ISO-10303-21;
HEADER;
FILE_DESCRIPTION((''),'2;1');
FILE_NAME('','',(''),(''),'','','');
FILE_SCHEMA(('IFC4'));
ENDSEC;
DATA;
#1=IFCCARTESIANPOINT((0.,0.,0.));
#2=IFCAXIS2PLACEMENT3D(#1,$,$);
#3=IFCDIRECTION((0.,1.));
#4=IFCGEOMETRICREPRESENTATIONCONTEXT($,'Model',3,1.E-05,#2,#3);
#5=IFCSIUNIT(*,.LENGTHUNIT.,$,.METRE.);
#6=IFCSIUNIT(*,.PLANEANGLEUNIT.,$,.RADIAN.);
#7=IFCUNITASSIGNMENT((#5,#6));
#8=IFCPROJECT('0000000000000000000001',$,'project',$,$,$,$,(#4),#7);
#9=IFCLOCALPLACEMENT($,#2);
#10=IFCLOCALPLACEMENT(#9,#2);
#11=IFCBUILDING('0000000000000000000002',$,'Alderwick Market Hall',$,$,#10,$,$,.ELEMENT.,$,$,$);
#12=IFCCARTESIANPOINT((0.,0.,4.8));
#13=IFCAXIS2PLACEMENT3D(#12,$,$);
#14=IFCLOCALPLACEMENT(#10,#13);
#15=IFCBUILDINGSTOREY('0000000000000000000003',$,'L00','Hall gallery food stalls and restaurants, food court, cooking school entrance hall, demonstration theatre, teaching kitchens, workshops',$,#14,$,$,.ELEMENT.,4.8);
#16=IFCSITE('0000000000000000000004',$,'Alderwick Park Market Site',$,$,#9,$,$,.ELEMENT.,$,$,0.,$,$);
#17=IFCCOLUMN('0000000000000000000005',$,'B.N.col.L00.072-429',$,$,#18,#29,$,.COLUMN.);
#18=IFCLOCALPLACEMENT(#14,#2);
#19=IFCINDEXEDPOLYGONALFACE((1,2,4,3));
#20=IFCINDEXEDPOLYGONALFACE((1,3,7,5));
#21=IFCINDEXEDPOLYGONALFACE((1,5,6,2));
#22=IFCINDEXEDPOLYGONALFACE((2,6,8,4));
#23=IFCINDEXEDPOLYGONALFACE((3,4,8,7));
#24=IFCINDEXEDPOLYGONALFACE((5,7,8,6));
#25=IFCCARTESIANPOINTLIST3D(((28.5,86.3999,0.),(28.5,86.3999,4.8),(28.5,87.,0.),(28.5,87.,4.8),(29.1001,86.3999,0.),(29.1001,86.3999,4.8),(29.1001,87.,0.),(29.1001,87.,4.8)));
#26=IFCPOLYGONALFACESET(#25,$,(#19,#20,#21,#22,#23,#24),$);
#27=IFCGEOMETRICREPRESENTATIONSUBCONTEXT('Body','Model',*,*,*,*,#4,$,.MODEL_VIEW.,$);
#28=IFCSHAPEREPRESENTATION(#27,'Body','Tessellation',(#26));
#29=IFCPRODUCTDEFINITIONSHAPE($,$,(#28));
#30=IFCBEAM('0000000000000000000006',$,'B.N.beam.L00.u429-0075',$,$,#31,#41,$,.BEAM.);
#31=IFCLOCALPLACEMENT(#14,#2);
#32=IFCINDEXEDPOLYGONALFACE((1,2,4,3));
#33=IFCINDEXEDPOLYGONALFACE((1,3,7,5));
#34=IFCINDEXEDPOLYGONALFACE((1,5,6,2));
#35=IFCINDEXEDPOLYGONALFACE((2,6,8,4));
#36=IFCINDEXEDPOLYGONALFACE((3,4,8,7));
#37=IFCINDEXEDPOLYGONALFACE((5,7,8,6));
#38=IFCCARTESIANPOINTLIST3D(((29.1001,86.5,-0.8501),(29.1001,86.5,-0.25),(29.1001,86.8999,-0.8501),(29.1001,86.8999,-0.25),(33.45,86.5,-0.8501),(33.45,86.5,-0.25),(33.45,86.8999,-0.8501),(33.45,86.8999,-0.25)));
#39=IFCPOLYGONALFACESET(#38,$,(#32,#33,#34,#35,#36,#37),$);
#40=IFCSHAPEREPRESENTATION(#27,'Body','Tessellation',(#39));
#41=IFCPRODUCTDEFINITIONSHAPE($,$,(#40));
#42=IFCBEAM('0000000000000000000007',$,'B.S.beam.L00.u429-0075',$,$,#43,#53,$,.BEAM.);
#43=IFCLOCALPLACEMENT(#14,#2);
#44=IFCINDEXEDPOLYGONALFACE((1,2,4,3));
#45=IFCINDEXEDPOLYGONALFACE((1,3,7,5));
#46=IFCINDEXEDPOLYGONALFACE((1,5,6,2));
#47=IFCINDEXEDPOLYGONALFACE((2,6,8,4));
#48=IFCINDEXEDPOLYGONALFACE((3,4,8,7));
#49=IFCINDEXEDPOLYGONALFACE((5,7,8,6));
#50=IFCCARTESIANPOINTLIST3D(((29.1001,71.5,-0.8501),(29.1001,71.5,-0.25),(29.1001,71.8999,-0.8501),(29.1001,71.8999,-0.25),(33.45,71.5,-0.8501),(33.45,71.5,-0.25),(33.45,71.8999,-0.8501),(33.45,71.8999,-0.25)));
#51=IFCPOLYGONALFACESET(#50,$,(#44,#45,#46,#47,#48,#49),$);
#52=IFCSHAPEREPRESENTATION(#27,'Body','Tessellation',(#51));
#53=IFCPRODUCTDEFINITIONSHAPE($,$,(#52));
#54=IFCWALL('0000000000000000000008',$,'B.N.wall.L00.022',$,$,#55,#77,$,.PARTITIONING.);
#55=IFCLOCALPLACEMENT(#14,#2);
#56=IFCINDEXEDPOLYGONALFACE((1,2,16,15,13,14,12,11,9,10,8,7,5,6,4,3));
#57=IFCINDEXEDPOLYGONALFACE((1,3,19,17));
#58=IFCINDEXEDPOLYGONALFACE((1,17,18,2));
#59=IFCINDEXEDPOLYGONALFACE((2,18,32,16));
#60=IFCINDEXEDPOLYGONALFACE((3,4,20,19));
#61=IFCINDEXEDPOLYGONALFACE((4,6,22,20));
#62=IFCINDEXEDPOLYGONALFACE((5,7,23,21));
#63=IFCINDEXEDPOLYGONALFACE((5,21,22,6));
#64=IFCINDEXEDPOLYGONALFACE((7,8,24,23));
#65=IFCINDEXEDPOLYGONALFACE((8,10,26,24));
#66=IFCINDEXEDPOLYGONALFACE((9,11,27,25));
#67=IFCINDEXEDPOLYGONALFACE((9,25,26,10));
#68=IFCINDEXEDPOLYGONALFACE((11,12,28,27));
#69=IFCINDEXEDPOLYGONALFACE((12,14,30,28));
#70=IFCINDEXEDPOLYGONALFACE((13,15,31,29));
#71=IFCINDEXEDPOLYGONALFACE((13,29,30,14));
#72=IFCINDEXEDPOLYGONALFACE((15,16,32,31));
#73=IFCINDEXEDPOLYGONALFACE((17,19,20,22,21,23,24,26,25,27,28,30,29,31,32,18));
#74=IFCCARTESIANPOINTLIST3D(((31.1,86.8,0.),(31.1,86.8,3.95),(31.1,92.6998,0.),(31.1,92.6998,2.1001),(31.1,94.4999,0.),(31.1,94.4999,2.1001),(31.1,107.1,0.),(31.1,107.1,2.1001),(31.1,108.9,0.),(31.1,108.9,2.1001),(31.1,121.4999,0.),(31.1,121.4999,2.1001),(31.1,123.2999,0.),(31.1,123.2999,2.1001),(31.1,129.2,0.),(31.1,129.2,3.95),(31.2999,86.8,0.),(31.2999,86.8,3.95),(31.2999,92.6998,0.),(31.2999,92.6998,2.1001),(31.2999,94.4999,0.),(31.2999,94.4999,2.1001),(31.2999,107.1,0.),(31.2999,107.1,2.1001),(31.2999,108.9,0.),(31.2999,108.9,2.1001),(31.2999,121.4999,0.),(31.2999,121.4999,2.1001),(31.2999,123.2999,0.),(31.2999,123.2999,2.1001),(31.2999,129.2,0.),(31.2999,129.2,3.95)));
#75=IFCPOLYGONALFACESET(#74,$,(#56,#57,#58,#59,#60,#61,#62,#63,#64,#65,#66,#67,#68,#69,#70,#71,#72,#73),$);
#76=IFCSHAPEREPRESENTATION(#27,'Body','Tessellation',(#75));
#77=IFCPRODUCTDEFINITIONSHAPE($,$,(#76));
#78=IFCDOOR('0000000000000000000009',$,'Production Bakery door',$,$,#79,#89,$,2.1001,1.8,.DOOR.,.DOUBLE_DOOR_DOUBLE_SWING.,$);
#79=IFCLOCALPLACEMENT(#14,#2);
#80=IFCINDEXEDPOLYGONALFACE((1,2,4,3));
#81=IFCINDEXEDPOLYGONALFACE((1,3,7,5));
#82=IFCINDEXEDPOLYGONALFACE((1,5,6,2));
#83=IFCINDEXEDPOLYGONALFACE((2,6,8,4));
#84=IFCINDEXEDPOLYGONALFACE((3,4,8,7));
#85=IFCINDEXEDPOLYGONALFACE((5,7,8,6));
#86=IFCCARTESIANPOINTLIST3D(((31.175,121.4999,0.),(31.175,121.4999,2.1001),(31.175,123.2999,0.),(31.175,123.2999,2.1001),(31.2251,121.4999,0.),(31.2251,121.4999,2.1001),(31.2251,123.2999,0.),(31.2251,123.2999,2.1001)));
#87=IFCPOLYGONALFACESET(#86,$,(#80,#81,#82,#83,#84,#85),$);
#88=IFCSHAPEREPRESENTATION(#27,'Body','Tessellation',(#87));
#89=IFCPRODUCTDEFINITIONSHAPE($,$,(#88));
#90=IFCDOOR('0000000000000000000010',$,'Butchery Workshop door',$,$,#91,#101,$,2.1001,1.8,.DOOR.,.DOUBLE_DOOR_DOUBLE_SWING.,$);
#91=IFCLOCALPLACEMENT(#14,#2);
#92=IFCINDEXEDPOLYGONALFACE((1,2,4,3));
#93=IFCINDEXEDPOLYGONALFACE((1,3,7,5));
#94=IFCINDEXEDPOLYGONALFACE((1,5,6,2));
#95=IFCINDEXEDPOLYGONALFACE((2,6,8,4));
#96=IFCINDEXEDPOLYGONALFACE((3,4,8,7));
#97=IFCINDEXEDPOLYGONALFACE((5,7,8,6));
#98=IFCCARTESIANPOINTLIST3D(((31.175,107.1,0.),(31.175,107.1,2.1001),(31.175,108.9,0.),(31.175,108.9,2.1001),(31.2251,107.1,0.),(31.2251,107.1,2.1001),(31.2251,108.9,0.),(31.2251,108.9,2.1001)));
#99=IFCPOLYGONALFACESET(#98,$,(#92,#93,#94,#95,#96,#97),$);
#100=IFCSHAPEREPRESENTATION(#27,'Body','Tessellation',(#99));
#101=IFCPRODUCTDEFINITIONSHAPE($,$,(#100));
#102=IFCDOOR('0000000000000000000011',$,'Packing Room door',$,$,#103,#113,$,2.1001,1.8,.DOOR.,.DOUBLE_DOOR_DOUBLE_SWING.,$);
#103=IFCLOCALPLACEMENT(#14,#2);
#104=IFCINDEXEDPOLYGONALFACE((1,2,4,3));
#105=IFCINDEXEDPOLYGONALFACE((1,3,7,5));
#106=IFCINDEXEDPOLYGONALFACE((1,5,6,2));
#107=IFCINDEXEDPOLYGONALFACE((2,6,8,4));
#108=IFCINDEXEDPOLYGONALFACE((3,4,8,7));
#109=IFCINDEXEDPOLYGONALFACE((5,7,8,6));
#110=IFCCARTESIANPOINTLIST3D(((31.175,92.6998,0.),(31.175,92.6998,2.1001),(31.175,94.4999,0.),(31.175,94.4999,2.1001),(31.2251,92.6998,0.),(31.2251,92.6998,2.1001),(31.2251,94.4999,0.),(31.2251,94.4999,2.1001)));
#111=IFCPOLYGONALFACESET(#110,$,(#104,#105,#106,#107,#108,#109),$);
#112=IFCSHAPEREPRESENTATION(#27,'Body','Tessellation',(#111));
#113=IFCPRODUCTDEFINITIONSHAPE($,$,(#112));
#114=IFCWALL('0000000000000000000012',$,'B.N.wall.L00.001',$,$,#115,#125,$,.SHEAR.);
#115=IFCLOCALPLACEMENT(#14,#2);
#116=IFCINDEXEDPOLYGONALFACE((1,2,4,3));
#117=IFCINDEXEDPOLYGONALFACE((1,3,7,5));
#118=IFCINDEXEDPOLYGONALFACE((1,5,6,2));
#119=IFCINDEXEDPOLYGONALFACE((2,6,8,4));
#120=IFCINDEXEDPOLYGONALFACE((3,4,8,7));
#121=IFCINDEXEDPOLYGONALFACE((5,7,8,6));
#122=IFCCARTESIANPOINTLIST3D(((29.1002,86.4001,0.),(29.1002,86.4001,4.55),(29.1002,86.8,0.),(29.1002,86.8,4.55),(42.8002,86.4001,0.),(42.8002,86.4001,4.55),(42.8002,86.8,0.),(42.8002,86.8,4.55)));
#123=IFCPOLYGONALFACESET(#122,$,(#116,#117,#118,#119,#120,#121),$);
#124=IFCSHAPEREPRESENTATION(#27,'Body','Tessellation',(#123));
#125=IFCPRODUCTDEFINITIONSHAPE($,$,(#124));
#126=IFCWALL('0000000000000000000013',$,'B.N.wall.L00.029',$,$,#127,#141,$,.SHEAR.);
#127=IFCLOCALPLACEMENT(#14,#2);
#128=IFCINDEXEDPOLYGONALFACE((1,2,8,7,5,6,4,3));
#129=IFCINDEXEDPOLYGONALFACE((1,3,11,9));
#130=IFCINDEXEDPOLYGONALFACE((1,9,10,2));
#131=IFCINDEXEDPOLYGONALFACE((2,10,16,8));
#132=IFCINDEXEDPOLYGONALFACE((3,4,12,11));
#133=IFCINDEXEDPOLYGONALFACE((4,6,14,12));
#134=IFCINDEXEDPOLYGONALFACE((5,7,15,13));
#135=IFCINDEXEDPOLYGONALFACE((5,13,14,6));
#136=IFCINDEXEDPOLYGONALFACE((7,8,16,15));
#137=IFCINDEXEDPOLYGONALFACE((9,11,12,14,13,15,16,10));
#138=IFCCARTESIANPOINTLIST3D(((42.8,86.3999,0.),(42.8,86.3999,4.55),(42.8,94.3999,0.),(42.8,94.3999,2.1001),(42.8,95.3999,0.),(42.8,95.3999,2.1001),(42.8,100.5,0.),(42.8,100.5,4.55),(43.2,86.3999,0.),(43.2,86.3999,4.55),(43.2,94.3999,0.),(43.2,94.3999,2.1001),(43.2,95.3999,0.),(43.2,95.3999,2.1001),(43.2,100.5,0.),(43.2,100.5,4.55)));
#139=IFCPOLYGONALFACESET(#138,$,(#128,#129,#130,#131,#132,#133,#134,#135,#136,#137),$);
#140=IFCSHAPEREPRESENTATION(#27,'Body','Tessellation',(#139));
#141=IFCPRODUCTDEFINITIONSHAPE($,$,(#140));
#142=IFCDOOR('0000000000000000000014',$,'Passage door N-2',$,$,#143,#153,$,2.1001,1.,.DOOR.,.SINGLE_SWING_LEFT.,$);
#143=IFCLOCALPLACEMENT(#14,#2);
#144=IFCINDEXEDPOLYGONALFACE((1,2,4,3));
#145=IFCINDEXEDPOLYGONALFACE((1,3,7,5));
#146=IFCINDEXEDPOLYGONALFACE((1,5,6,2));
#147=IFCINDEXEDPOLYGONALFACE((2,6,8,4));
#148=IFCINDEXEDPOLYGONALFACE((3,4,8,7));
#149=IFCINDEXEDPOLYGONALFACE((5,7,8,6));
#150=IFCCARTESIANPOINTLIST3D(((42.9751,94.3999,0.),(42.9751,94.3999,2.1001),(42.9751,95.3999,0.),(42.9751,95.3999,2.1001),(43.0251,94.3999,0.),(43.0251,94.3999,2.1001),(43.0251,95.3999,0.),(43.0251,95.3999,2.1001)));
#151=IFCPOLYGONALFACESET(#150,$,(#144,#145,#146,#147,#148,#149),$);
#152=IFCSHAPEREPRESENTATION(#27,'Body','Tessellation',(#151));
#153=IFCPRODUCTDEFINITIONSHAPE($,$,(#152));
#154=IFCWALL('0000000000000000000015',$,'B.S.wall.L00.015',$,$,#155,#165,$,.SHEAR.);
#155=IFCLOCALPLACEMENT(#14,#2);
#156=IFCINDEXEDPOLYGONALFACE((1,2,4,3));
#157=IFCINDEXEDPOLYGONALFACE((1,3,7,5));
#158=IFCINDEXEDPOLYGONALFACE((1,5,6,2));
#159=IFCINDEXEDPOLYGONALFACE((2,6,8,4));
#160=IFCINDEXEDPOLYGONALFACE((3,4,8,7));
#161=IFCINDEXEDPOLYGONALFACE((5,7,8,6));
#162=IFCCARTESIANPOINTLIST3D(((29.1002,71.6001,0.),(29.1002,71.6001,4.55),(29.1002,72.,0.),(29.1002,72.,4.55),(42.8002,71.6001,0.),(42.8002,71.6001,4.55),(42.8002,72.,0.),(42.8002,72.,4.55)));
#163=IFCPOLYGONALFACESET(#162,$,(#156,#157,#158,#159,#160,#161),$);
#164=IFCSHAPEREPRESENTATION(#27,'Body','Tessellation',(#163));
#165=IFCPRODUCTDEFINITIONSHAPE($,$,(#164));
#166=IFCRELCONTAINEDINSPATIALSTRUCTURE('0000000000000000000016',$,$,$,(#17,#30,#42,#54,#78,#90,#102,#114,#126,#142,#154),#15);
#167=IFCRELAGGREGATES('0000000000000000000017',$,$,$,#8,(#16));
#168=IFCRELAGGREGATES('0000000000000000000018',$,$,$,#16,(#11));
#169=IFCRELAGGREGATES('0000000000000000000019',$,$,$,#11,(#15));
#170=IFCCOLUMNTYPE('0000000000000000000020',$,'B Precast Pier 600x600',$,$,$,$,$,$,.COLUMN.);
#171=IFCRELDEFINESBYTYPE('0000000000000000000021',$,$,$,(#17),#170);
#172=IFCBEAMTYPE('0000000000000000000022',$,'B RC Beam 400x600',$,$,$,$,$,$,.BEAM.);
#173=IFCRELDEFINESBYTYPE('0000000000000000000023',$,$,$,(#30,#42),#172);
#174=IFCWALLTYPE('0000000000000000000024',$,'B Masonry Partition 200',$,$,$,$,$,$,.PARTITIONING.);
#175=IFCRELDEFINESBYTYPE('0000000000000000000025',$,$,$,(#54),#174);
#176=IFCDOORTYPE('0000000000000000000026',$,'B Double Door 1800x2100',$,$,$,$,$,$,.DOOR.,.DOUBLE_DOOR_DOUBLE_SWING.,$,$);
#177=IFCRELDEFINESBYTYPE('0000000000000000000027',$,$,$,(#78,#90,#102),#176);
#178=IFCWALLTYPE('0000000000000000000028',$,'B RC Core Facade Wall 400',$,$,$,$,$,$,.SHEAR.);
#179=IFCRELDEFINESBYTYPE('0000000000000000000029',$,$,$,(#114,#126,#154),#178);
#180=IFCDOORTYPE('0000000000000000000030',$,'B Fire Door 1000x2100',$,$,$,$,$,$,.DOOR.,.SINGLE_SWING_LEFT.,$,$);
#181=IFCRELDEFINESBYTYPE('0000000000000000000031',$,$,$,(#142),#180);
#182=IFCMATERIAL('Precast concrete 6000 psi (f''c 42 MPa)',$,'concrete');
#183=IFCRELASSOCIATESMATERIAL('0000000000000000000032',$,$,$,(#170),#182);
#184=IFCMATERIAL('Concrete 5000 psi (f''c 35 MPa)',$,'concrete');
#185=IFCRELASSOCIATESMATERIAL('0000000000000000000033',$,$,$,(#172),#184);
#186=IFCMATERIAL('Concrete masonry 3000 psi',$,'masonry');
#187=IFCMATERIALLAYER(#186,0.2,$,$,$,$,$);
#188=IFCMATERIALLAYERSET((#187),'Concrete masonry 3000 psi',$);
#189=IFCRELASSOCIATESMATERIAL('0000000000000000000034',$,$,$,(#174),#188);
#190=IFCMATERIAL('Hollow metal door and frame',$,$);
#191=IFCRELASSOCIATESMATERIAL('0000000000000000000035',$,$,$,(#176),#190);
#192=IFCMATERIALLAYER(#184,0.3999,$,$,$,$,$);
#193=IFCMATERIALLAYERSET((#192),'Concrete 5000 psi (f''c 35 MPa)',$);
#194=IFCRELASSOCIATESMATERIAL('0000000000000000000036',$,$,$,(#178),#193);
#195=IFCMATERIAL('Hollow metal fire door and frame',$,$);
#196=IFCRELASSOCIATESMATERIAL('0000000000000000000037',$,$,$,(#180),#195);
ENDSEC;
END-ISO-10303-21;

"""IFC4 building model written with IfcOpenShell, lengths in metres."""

from ifc_helpers import new_model, si_unit, direction, frame, frame_2d, origin, origin_2d, place, context, subcontext, project, spatial, rectangle, extrude, material, layer, layer_set, material_profile, profile_set, type_object, element, fill, save


model = new_model("IFC4")

# Units and contexts
model_context = context("Model", 3, precision=1e-05, world=origin(), true_north=direction((0.0, 1.0)))
body_context = subcontext(model_context, "Body", "Model", "MODEL_VIEW")
ifc_project = project(units=[si_unit("LENGTHUNIT", "METRE"), si_unit("PLANEANGLEUNIT", "RADIAN")], contexts=[model_context])

# Site, building, storey
site_placement = place(None, origin())
site = spatial("IfcSite", under=ifc_project, at=site_placement, Name="Alderwick Park Market Site", CompositionType="ELEMENT", RefElevation=0.0)
building_placement = place(site_placement, origin())
building = spatial("IfcBuilding", under=site, at=building_placement, Name="Alderwick Market Hall", CompositionType="ELEMENT")
storey_placement = place(building_placement, frame((0.0, 0.0, 4.8)))
storey = spatial("IfcBuildingStorey", under=building, at=storey_placement, Name="L00", Description="Hall gallery food stalls and restaurants, food court, cooking school entrance hall, demonstration theatre, teaching kitchens, workshops", CompositionType="ELEMENT", Elevation=4.8)

# Column
ifc_material_1 = material(Name="Precast concrete 6000 psi (f'c 42 MPa)", Category="concrete")
ifc_material_profile_1 = material_profile(ifc_material_1, rectangle(XDim=0.6001, YDim=0.6001, at=origin_2d()), Name="B Precast Pier 600x600")
ifc_profile_set_1 = profile_set([ifc_material_profile_1], Name="Precast concrete 6000 psi (f'c 42 MPa)")
column_type = type_object("IfcColumnType", Name="B Precast Pier 600x600", PredefinedType="COLUMN", material=ifc_profile_set_1)
column_placement = place(storey_placement, frame((28.8, 86.7, 0.0), z_axis=(0.0, 0.0, 1.0), x_axis=(1.0, 0.0, 0.0)))
element("IfcColumn", 1, at=column_placement, inside=storey, type_object=column_type, Name="B.N.col.L00.072-429", PredefinedType="COLUMN", context=body_context, shape_type="SweptSolid", body=[
    extrude(rectangle(XDim=0.6001, YDim=0.6001, at=origin_2d()), origin(), (0.0, 0.0, 1.0), 4.8),
])

# Beams
ifc_material_2 = material(Name="Concrete 5000 psi (f'c 35 MPa)", Category="concrete")
ifc_material_profile_2 = material_profile(ifc_material_2, rectangle(XDim=0.3999, YDim=0.6001, at=origin_2d()), Name="B RC Beam 400x600")
ifc_profile_set_2 = profile_set([ifc_material_profile_2], Name="Concrete 5000 psi (f'c 35 MPa)")
beam_type = type_object("IfcBeamType", Name="B RC Beam 400x600", PredefinedType="BEAM", material=ifc_profile_set_2)
for number, where, z_axis, x_axis, name in (
    (2, (29.1001, 86.7, -0.55), (1.0, 0.0, 0.0), (0.0, 1.0, 0.0), "B.N.beam.L00.u429-0075"),
    (3, (29.1001, 71.7, -0.55), (1.0, 0.0, 0.0), (0.0, 1.0, 0.0), "B.S.beam.L00.u429-0075"),
):
    element("IfcBeam", number, at=place(storey_placement, frame(where, z_axis=z_axis, x_axis=x_axis)), inside=storey, type_object=beam_type, Name=name, PredefinedType="BEAM", context=body_context, shape_type="SweptSolid", body=[
        extrude(rectangle(XDim=0.3999, YDim=0.6001, at=origin_2d()), origin(), (0.0, 0.0, 1.0), 4.3499),
    ])

# Wall, openings, doors
ifc_material_3 = material(Name="Concrete masonry 3000 psi", Category="masonry")
ifc_layer_1 = layer(ifc_material_3, 0.2)
ifc_layer_set_1 = layer_set([ifc_layer_1], Name="Concrete masonry 3000 psi")
wall_type_1 = type_object("IfcWallType", Name="B Masonry Partition 200", PredefinedType="PARTITIONING", material=ifc_layer_set_1)
wall_1_placement = place(storey_placement, frame((31.2, 86.8, 0.0), z_axis=(0.0, 0.0, 1.0), x_axis=(0.0, 1.0, 0.0)))
wall_1 = element("IfcWall", 4, at=wall_1_placement, inside=storey, type_object=wall_type_1, Name="B.N.wall.L00.022", PredefinedType="PARTITIONING", context=body_context, shape_type="SweptSolid", body=[
    extrude(rectangle(XDim=42.3999, YDim=0.2, at=frame_2d((21.2, 0.0))), origin(), (0.0, 0.0, 1.0), 3.95),
])
opening_1_placement = place(wall_1_placement, frame((34.7, 0.0, 0.0)))
opening_1 = element("IfcOpeningElement", 5, at=opening_1_placement, cuts=wall_1, PredefinedType="OPENING", context=body_context, shape_type="SweptSolid", body=[
    extrude(rectangle(XDim=1.8, YDim=2.1001, at=frame_2d((0.8999, 1.05))), frame((0.0, 0.1099, 0.0), z_axis=(0.0, -1.0, 0.0), x_axis=(1.0, 0.0, 0.0)), (0.0, 0.0, 1.0), 0.22),
])
opening_2_placement = place(wall_1_placement, frame((20.3, 0.0, 0.0)))
opening_2 = element("IfcOpeningElement", 6, at=opening_2_placement, cuts=wall_1, PredefinedType="OPENING", context=body_context, shape_type="SweptSolid", body=[
    extrude(rectangle(XDim=1.8, YDim=2.1001, at=frame_2d((0.8999, 1.05))), frame((0.0, 0.1099, 0.0), z_axis=(0.0, -1.0, 0.0), x_axis=(1.0, 0.0, 0.0)), (0.0, 0.0, 1.0), 0.22),
])
opening_3_placement = place(wall_1_placement, frame((5.8999, 0.0, 0.0)))
opening_3 = element("IfcOpeningElement", 7, at=opening_3_placement, cuts=wall_1, PredefinedType="OPENING", context=body_context, shape_type="SweptSolid", body=[
    extrude(rectangle(XDim=1.8, YDim=2.1001, at=frame_2d((0.8999, 1.05))), frame((0.0, 0.1099, 0.0), z_axis=(0.0, -1.0, 0.0), x_axis=(1.0, 0.0, 0.0)), (0.0, 0.0, 1.0), 0.22),
])
ifc_material_4 = material(Name="Hollow metal door and frame")
door_type_1 = type_object("IfcDoorType", Name="B Double Door 1800x2100", OperationType="DOUBLE_DOOR_DOUBLE_SWING", PredefinedType="DOOR", material=ifc_material_4)
door_1_placement = place(opening_1_placement, origin())
door_1 = element("IfcDoor", 8, at=door_1_placement, inside=storey, type_object=door_type_1, Name="Production Bakery door", OperationType="DOUBLE_DOOR_DOUBLE_SWING", OverallHeight=2.1001, OverallWidth=1.8, PredefinedType="DOOR", context=body_context, shape_type="SweptSolid", body=[
    extrude(rectangle(XDim=1.8, YDim=2.1001, at=frame_2d((0.8999, 1.05))), frame((0.0, 0.0249, 0.0), z_axis=(0.0, -1.0, 0.0), x_axis=(1.0, 0.0, 0.0)), (0.0, 0.0, 1.0), 0.05),
])
fill(opening_1, door_1)
door_2_placement = place(opening_2_placement, origin())
door_2 = element("IfcDoor", 9, at=door_2_placement, inside=storey, type_object=door_type_1, Name="Butchery Workshop door", OperationType="DOUBLE_DOOR_DOUBLE_SWING", OverallHeight=2.1001, OverallWidth=1.8, PredefinedType="DOOR", context=body_context, shape_type="SweptSolid", body=[
    extrude(rectangle(XDim=1.8, YDim=2.1001, at=frame_2d((0.8999, 1.05))), frame((0.0, 0.0249, 0.0), z_axis=(0.0, -1.0, 0.0), x_axis=(1.0, 0.0, 0.0)), (0.0, 0.0, 1.0), 0.05),
])
fill(opening_2, door_2)
door_3_placement = place(opening_3_placement, origin())
door_3 = element("IfcDoor", 10, at=door_3_placement, inside=storey, type_object=door_type_1, Name="Packing Room door", OperationType="DOUBLE_DOOR_DOUBLE_SWING", OverallHeight=2.1001, OverallWidth=1.8, PredefinedType="DOOR", context=body_context, shape_type="SweptSolid", body=[
    extrude(rectangle(XDim=1.8, YDim=2.1001, at=frame_2d((0.8999, 1.05))), frame((0.0, 0.0249, 0.0), z_axis=(0.0, -1.0, 0.0), x_axis=(1.0, 0.0, 0.0)), (0.0, 0.0, 1.0), 0.05),
])
fill(opening_3, door_3)

# Wall
ifc_layer_2 = layer(ifc_material_2, 0.3999)
ifc_layer_set_2 = layer_set([ifc_layer_2], Name="Concrete 5000 psi (f'c 35 MPa)")
wall_type_2 = type_object("IfcWallType", Name="B RC Core Facade Wall 400", PredefinedType="SHEAR", material=ifc_layer_set_2)
wall_2_placement = place(storey_placement, frame((29.1001, 86.6001, 0.0), z_axis=(0.0, 0.0, 1.0), x_axis=(1.0, 0.0, 0.0)))
element("IfcWall", 11, at=wall_2_placement, inside=storey, type_object=wall_type_2, Name="B.N.wall.L00.001", PredefinedType="SHEAR", context=body_context, shape_type="SweptSolid", body=[
    extrude(rectangle(XDim=13.7, YDim=0.3999, at=frame_2d((6.8501, 0.0))), origin(), (0.0, 0.0, 1.0), 4.55),
])

# Wall, opening, door
wall_3_placement = place(storey_placement, frame((43.0, 86.3999, 0.0), z_axis=(0.0, 0.0, 1.0), x_axis=(0.0, 1.0, 0.0)))
wall_3 = element("IfcWall", 12, at=wall_3_placement, inside=storey, type_object=wall_type_2, Name="B.N.wall.L00.029", PredefinedType="SHEAR", context=body_context, shape_type="SweptSolid", body=[
    extrude(rectangle(XDim=14.1001, YDim=0.3999, at=frame_2d((7.05, 0.0))), origin(), (0.0, 0.0, 1.0), 4.55),
])
opening_4_placement = place(wall_3_placement, frame((8.0, 0.0, 0.0)))
opening_4 = element("IfcOpeningElement", 13, at=opening_4_placement, cuts=wall_3, PredefinedType="OPENING", context=body_context, shape_type="SweptSolid", body=[
    extrude(rectangle(XDim=1.0, YDim=2.1001, at=frame_2d((0.5, 1.05))), frame((0.0, 0.21, 0.0), z_axis=(0.0, -1.0, 0.0), x_axis=(1.0, 0.0, 0.0)), (0.0, 0.0, 1.0), 0.4199),
])
ifc_material_5 = material(Name="Hollow metal fire door and frame")
door_type_2 = type_object("IfcDoorType", Name="B Fire Door 1000x2100", OperationType="SINGLE_SWING_LEFT", PredefinedType="DOOR", material=ifc_material_5)
door_4_placement = place(opening_4_placement, origin())
door_4 = element("IfcDoor", 14, at=door_4_placement, inside=storey, type_object=door_type_2, Name="Passage door N-2", OperationType="SINGLE_SWING_LEFT", OverallHeight=2.1001, OverallWidth=1.0, PredefinedType="DOOR", context=body_context, shape_type="SweptSolid", body=[
    extrude(rectangle(XDim=1.0, YDim=2.1001, at=frame_2d((0.5, 1.05))), frame((0.0, 0.0249, 0.0), z_axis=(0.0, -1.0, 0.0), x_axis=(1.0, 0.0, 0.0)), (0.0, 0.0, 1.0), 0.05),
])
fill(opening_4, door_4)

# Wall
wall_4_placement = place(storey_placement, frame((29.1001, 71.8, 0.0), z_axis=(0.0, 0.0, 1.0), x_axis=(1.0, 0.0, 0.0)))
element("IfcWall", 15, at=wall_4_placement, inside=storey, type_object=wall_type_2, Name="B.S.wall.L00.015", PredefinedType="SHEAR", context=body_context, shape_type="SweptSolid", body=[
    extrude(rectangle(XDim=13.7, YDim=0.3999, at=frame_2d((6.8501, 0.0))), origin(), (0.0, 0.0, 1.0), 4.55),
])

save(model, "model.ifc")
